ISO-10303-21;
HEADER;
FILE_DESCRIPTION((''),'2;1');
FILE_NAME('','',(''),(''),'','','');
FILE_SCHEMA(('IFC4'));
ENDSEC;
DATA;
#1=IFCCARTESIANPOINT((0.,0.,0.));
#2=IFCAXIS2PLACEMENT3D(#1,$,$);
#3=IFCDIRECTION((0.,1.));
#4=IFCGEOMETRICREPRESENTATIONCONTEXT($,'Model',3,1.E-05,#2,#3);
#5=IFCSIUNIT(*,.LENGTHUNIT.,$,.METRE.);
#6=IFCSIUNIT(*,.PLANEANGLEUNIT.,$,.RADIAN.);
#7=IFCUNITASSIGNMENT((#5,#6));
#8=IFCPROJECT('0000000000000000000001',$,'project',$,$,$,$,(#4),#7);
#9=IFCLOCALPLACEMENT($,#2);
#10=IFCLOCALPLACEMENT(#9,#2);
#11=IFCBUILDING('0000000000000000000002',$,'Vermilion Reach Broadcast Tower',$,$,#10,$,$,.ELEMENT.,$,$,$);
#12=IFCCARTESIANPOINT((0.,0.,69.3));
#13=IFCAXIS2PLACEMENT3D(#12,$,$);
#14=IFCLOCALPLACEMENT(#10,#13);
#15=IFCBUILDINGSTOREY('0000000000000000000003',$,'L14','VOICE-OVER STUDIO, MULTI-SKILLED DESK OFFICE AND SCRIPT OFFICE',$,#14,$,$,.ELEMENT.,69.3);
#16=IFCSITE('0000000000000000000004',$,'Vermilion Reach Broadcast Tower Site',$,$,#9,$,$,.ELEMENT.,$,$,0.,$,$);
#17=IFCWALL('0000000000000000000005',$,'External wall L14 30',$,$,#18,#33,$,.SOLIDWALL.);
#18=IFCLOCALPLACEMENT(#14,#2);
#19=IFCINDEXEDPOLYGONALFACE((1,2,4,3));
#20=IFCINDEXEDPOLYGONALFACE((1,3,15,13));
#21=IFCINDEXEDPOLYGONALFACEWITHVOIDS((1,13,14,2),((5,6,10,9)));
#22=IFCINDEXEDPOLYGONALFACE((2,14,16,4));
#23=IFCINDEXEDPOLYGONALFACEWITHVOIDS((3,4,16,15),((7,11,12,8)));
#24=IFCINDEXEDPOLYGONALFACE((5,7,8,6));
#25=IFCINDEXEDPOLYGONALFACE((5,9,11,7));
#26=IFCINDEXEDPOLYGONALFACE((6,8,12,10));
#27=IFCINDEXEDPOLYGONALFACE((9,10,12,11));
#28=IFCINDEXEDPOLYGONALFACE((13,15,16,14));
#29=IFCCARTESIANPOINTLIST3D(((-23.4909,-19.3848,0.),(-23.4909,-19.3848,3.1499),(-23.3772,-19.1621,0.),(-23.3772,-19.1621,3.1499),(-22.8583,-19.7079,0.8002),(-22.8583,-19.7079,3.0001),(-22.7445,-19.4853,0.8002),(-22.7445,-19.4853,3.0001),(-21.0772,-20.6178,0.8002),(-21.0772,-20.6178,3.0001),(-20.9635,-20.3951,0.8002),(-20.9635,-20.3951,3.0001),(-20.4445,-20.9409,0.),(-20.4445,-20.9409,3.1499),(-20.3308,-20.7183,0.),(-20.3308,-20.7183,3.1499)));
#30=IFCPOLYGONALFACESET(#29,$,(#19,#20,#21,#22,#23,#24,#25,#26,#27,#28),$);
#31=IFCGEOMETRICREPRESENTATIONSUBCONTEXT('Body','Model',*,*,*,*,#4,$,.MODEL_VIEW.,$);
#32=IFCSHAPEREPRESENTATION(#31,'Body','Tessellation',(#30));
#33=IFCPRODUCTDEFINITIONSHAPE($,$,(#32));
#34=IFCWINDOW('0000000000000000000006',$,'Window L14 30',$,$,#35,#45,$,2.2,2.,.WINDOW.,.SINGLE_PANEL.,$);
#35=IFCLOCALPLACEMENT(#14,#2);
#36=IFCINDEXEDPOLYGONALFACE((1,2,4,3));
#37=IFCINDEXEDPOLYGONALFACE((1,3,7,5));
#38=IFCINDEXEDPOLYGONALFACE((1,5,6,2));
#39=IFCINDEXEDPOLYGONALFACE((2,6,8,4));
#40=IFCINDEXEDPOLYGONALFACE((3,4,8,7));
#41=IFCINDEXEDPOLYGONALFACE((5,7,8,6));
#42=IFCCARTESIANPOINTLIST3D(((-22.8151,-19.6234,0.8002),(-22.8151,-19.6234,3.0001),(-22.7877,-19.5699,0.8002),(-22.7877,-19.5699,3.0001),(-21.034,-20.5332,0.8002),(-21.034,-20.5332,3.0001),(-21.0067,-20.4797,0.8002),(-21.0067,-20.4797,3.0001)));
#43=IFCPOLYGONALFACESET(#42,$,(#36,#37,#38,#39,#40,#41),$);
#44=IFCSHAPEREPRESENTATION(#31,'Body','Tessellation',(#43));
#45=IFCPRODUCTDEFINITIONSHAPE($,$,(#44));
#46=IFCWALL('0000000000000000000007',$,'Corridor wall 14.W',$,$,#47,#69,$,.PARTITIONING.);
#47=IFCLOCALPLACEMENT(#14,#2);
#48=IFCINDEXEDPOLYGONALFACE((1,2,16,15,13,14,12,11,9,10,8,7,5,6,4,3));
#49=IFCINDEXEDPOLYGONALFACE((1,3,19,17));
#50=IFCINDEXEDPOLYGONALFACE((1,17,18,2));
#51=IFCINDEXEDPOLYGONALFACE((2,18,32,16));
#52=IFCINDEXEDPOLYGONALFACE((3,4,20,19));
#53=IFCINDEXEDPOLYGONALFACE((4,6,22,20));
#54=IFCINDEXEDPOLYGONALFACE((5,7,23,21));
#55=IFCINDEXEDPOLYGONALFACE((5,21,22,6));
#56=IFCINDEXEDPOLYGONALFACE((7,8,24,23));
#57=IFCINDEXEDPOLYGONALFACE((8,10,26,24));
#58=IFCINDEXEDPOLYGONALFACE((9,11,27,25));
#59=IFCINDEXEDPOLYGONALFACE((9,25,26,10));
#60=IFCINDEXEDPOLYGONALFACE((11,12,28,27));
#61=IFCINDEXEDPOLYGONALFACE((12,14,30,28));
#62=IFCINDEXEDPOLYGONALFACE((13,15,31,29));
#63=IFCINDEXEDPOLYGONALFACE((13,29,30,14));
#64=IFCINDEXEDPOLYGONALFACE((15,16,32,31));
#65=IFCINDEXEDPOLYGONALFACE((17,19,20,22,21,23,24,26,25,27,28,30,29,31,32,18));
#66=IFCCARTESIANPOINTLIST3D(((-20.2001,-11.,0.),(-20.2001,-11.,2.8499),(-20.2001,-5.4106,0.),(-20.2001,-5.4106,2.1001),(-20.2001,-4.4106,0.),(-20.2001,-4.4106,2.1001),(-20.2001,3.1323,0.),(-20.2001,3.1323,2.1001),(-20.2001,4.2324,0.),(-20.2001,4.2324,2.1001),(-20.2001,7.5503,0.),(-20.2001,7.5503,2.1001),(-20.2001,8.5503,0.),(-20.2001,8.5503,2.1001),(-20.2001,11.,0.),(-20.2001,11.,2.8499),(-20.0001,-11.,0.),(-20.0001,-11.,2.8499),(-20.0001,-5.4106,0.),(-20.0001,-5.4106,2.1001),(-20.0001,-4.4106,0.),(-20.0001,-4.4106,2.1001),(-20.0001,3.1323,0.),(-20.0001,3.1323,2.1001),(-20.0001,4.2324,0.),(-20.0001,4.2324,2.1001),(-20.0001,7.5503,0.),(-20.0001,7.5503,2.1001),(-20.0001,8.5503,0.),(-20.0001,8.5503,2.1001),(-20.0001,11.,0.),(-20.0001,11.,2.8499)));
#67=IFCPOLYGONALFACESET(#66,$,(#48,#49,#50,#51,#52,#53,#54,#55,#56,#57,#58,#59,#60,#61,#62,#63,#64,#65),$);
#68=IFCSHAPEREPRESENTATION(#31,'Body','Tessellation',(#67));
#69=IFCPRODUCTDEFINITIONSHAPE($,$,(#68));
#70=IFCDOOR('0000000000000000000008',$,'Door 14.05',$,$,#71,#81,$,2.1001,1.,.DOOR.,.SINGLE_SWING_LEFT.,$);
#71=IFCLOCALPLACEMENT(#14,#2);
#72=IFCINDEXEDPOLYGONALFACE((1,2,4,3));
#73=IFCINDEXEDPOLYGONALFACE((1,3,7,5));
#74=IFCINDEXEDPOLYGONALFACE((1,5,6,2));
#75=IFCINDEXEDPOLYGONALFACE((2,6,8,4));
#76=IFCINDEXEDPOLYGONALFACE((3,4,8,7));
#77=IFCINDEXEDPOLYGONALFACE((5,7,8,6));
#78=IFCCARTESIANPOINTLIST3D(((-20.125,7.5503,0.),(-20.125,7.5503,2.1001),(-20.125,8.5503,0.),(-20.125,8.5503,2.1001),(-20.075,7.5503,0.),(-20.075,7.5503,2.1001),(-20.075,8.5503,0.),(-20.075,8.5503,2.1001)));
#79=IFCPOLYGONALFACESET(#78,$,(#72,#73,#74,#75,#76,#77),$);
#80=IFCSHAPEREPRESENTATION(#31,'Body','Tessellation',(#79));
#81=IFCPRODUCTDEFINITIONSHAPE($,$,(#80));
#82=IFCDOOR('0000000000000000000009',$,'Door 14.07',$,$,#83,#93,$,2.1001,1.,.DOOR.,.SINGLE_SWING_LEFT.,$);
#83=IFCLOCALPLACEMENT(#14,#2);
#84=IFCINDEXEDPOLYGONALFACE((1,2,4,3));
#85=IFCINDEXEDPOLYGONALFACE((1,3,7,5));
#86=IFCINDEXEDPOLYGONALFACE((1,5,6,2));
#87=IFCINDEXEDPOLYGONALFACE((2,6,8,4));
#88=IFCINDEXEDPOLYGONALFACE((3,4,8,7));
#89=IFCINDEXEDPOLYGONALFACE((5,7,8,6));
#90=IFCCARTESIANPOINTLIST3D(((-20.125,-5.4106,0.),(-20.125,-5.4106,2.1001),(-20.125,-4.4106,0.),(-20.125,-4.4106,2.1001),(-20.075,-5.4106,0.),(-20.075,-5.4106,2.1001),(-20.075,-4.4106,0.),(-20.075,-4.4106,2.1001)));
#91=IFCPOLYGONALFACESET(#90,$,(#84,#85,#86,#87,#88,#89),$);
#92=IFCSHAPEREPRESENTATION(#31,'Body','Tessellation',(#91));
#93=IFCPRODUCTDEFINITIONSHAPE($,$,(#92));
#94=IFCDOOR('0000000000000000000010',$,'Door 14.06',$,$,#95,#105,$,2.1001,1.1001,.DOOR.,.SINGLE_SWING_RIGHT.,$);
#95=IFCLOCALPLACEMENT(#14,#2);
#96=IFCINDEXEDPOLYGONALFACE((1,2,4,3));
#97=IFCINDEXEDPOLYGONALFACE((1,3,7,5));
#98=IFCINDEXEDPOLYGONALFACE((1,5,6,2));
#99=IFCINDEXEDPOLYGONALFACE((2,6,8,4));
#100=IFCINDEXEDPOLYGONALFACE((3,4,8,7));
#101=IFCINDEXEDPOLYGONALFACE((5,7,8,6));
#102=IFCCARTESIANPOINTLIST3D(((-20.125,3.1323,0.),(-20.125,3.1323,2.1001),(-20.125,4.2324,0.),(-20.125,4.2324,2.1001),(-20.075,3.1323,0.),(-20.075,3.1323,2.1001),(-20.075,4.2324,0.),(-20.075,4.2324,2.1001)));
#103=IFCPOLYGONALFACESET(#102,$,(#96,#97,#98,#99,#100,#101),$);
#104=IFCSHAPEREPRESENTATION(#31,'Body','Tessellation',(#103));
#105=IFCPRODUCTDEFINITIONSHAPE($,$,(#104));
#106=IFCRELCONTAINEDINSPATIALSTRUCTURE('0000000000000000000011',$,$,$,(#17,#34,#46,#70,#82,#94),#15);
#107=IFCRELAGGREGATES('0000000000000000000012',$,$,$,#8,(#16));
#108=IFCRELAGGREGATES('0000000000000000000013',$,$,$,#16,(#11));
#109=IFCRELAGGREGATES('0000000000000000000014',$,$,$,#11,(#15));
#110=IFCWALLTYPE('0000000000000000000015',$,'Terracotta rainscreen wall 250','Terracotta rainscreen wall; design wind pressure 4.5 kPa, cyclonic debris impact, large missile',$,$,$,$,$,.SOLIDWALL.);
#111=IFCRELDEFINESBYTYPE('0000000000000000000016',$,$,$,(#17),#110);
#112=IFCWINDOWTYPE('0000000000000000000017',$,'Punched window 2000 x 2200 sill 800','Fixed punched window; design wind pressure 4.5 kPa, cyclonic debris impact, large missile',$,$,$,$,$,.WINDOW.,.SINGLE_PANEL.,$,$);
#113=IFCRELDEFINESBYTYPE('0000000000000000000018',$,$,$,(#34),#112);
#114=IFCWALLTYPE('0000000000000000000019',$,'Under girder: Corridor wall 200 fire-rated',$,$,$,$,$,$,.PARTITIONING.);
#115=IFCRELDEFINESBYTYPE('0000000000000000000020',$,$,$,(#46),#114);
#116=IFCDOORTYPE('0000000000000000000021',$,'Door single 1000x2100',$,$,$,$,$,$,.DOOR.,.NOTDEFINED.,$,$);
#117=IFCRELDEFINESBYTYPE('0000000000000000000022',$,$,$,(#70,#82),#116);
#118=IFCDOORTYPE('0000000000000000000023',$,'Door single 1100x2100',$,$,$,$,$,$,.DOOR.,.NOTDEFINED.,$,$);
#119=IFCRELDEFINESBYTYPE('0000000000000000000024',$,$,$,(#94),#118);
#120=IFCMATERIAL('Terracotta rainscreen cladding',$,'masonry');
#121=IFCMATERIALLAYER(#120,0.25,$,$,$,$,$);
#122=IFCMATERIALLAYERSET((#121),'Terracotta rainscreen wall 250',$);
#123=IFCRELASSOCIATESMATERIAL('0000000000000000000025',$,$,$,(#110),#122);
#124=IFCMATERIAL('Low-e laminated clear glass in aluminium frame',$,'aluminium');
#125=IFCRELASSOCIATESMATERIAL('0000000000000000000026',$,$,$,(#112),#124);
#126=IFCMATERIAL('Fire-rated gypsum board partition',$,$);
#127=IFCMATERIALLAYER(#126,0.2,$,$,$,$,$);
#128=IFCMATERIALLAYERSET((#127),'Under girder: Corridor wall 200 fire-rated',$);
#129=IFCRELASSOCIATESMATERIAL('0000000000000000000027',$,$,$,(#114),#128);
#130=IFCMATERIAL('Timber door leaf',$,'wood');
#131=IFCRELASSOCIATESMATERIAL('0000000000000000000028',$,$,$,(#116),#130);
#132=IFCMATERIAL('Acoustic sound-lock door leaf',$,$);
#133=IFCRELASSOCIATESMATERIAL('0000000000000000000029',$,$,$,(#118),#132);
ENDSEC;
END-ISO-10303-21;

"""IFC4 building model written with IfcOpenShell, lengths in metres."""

from ifc_helpers import new_model, si_unit, direction, frame, frame_2d, origin, place, context, subcontext, project, spatial, rectangle, extrude, material, layer, layer_set, type_object, element, fill, save


model = new_model("IFC4")

# Units and contexts
model_context = context("Model", 3, precision=1e-05, world=origin(), true_north=direction((0.0, 1.0)))
body_context = subcontext(model_context, "Body", "Model", "MODEL_VIEW")
ifc_project = project(units=[si_unit("LENGTHUNIT", "METRE"), si_unit("PLANEANGLEUNIT", "RADIAN")], contexts=[model_context])

# Site, building, storey
site_placement = place(None, origin())
site = spatial("IfcSite", under=ifc_project, at=site_placement, Name="Vermilion Reach Broadcast Tower Site", CompositionType="ELEMENT", RefElevation=0.0)
building_placement = place(site_placement, origin())
building = spatial("IfcBuilding", under=site, at=building_placement, Name="Vermilion Reach Broadcast Tower", CompositionType="ELEMENT")
storey_placement = place(building_placement, frame((0.0, 0.0, 69.3)))
storey = spatial("IfcBuildingStorey", under=building, at=storey_placement, Name="L14", Description="VOICE-OVER STUDIO, MULTI-SKILLED DESK OFFICE AND SCRIPT OFFICE", CompositionType="ELEMENT", Elevation=69.3)

# Shared definitions
ifc_material_1 = material(Name="Terracotta rainscreen cladding", Category="masonry")
ifc_layer_1 = layer(ifc_material_1, 0.25)
ifc_layer_set_1 = layer_set([ifc_layer_1], Name="Terracotta rainscreen wall 250")
wall_type_1 = type_object("IfcWallType", Name="Terracotta rainscreen wall 250", Description="Terracotta rainscreen wall; design wind pressure 4.5 kPa, cyclonic debris impact, large missile", PredefinedType="SOLIDWALL", material=ifc_layer_set_1)

# Wall, opening, window
ifc_material_2 = material(Name="Low-e laminated clear glass in aluminium frame", Category="aluminium")
window_type = type_object("IfcWindowType", Name="Punched window 2000 x 2200 sill 800", Description="Fixed punched window; design wind pressure 4.5 kPa, cyclonic debris impact, large missile", PartitioningType="SINGLE_PANEL", PredefinedType="WINDOW", material=ifc_material_2)
wall_1_placement = place(storey_placement, frame((-23.4341, -19.2734, 0.0), z_axis=(0.0, 0.0, 1.0), x_axis=(0.89054, -0.454905, 0.0)))
wall_1 = element("IfcWall", 1, at=wall_1_placement, inside=storey, type_object=wall_type_1, Name="External wall L14 30", PredefinedType="SOLIDWALL", context=body_context, shape_type="SweptSolid", body=[
    extrude(rectangle(XDim=3.4209, YDim=0.25, at=frame_2d((1.7104, 0.0))), origin(), (0.0, 0.0, 1.0), 3.1499),
])
opening_1_placement = place(wall_1_placement, frame((0.7104, 0.0, 0.8)))
opening_1 = element("IfcOpeningElement", 2, at=opening_1_placement, cuts=wall_1, PredefinedType="OPENING", context=body_context, shape_type="SweptSolid", body=[
    extrude(rectangle(XDim=2.0, YDim=2.2, at=frame_2d((1.0, 1.1001))), frame((0.0, 0.135, 0.0), z_axis=(0.0, -1.0, 0.0), x_axis=(1.0, 0.0, 0.0)), (0.0, 0.0, 1.0), 0.27),
])
window_1_placement = place(opening_1_placement, origin())
window_1 = element("IfcWindow", 3, at=window_1_placement, inside=storey, type_object=window_type, Name="Window L14 30", OverallHeight=2.2, OverallWidth=2.0, PartitioningType="SINGLE_PANEL", PredefinedType="WINDOW", context=body_context, shape_type="SweptSolid", body=[
    extrude(rectangle(XDim=2.0, YDim=2.2, at=frame_2d((1.0, 1.1001))), frame((0.0, 0.03, 0.0), z_axis=(0.0, -1.0, 0.0), x_axis=(1.0, 0.0, 0.0)), (0.0, 0.0, 1.0), 0.0601),
])
fill(opening_1, window_1)

# Wall, openings, doors
ifc_material_3 = material(Name="Fire-rated gypsum board partition")
ifc_layer_2 = layer(ifc_material_3, 0.2)
ifc_layer_set_2 = layer_set([ifc_layer_2], Name="Under girder: Corridor wall 200 fire-rated")
wall_type_2 = type_object("IfcWallType", Name="Under girder: Corridor wall 200 fire-rated", PredefinedType="PARTITIONING", material=ifc_layer_set_2)
wall_2_placement = place(storey_placement, frame((-20.1001, -11.0, 0.0), z_axis=(0.0, 0.0, 1.0), x_axis=(0.0, 1.0, 0.0)))
wall_2 = element("IfcWall", 4, at=wall_2_placement, inside=storey, type_object=wall_type_2, Name="Corridor wall 14.W", PredefinedType="PARTITIONING", context=body_context, shape_type="SweptSolid", body=[
    extrude(rectangle(XDim=22.0, YDim=0.2, at=frame_2d((11.0, 0.0))), origin(), (0.0, 0.0, 1.0), 2.8499),
])
opening_2_placement = place(wall_2_placement, frame((18.5503, 0.0, 0.0)))
opening_2 = element("IfcOpeningElement", 5, at=opening_2_placement, cuts=wall_2, PredefinedType="OPENING", context=body_context, shape_type="SweptSolid", body=[
    extrude(rectangle(XDim=1.0, YDim=2.1001, at=frame_2d((0.5, 1.05))), frame((0.0, 0.1099, 0.0), z_axis=(0.0, -1.0, 0.0), x_axis=(1.0, 0.0, 0.0)), (0.0, 0.0, 1.0), 0.22),
])
opening_3_placement = place(wall_2_placement, frame((14.1323, 0.0, 0.0)))
opening_3 = element("IfcOpeningElement", 6, at=opening_3_placement, cuts=wall_2, PredefinedType="OPENING", context=body_context, shape_type="SweptSolid", body=[
    extrude(rectangle(XDim=1.1001, YDim=2.1001, at=frame_2d((0.55, 1.05))), frame((0.0, 0.1099, 0.0), z_axis=(0.0, -1.0, 0.0), x_axis=(1.0, 0.0, 0.0)), (0.0, 0.0, 1.0), 0.22),
])
opening_4_placement = place(wall_2_placement, frame((5.5894, 0.0, 0.0)))
opening_4 = element("IfcOpeningElement", 7, at=opening_4_placement, cuts=wall_2, PredefinedType="OPENING", context=body_context, shape_type="SweptSolid", body=[
    extrude(rectangle(XDim=1.0, YDim=2.1001, at=frame_2d((0.5, 1.05))), frame((0.0, 0.1099, 0.0), z_axis=(0.0, -1.0, 0.0), x_axis=(1.0, 0.0, 0.0)), (0.0, 0.0, 1.0), 0.22),
])
ifc_material_4 = material(Name="Timber door leaf", Category="wood")
door_type_1 = type_object("IfcDoorType", Name="Door single 1000x2100", OperationType="NOTDEFINED", PredefinedType="DOOR", material=ifc_material_4)
door_1_placement = place(opening_2_placement, origin())
door_1 = element("IfcDoor", 8, at=door_1_placement, inside=storey, type_object=door_type_1, Name="Door 14.05", OperationType="SINGLE_SWING_LEFT", OverallHeight=2.1001, OverallWidth=1.0, PredefinedType="DOOR", context=body_context, shape_type="SweptSolid", body=[
    extrude(rectangle(XDim=1.0, YDim=2.1001, at=frame_2d((0.5, 1.05))), frame((0.0, 0.0249, 0.0), z_axis=(0.0, -1.0, 0.0), x_axis=(1.0, 0.0, 0.0)), (0.0, 0.0, 1.0), 0.05),
])
fill(opening_2, door_1)
door_2_placement = place(opening_4_placement, origin())
door_2 = element("IfcDoor", 9, at=door_2_placement, inside=storey, type_object=door_type_1, Name="Door 14.07", OperationType="SINGLE_SWING_LEFT", OverallHeight=2.1001, OverallWidth=1.0, PredefinedType="DOOR", context=body_context, shape_type="SweptSolid", body=[
    extrude(rectangle(XDim=1.0, YDim=2.1001, at=frame_2d((0.5, 1.05))), frame((0.0, 0.0249, 0.0), z_axis=(0.0, -1.0, 0.0), x_axis=(1.0, 0.0, 0.0)), (0.0, 0.0, 1.0), 0.05),
])
fill(opening_4, door_2)
ifc_material_5 = material(Name="Acoustic sound-lock door leaf")
door_type_2 = type_object("IfcDoorType", Name="Door single 1100x2100", OperationType="NOTDEFINED", PredefinedType="DOOR", material=ifc_material_5)
door_3_placement = place(opening_3_placement, origin())
door_3 = element("IfcDoor", 10, at=door_3_placement, inside=storey, type_object=door_type_2, Name="Door 14.06", OperationType="SINGLE_SWING_RIGHT", OverallHeight=2.1001, OverallWidth=1.1001, PredefinedType="DOOR", context=body_context, shape_type="SweptSolid", body=[
    extrude(rectangle(XDim=1.1001, YDim=2.1001, at=frame_2d((0.55, 1.05))), frame((0.0, 0.0249, 0.0), z_axis=(0.0, -1.0, 0.0), x_axis=(1.0, 0.0, 0.0)), (0.0, 0.0, 1.0), 0.05),
])
fill(opening_3, door_3)

save(model, "model.ifc")
